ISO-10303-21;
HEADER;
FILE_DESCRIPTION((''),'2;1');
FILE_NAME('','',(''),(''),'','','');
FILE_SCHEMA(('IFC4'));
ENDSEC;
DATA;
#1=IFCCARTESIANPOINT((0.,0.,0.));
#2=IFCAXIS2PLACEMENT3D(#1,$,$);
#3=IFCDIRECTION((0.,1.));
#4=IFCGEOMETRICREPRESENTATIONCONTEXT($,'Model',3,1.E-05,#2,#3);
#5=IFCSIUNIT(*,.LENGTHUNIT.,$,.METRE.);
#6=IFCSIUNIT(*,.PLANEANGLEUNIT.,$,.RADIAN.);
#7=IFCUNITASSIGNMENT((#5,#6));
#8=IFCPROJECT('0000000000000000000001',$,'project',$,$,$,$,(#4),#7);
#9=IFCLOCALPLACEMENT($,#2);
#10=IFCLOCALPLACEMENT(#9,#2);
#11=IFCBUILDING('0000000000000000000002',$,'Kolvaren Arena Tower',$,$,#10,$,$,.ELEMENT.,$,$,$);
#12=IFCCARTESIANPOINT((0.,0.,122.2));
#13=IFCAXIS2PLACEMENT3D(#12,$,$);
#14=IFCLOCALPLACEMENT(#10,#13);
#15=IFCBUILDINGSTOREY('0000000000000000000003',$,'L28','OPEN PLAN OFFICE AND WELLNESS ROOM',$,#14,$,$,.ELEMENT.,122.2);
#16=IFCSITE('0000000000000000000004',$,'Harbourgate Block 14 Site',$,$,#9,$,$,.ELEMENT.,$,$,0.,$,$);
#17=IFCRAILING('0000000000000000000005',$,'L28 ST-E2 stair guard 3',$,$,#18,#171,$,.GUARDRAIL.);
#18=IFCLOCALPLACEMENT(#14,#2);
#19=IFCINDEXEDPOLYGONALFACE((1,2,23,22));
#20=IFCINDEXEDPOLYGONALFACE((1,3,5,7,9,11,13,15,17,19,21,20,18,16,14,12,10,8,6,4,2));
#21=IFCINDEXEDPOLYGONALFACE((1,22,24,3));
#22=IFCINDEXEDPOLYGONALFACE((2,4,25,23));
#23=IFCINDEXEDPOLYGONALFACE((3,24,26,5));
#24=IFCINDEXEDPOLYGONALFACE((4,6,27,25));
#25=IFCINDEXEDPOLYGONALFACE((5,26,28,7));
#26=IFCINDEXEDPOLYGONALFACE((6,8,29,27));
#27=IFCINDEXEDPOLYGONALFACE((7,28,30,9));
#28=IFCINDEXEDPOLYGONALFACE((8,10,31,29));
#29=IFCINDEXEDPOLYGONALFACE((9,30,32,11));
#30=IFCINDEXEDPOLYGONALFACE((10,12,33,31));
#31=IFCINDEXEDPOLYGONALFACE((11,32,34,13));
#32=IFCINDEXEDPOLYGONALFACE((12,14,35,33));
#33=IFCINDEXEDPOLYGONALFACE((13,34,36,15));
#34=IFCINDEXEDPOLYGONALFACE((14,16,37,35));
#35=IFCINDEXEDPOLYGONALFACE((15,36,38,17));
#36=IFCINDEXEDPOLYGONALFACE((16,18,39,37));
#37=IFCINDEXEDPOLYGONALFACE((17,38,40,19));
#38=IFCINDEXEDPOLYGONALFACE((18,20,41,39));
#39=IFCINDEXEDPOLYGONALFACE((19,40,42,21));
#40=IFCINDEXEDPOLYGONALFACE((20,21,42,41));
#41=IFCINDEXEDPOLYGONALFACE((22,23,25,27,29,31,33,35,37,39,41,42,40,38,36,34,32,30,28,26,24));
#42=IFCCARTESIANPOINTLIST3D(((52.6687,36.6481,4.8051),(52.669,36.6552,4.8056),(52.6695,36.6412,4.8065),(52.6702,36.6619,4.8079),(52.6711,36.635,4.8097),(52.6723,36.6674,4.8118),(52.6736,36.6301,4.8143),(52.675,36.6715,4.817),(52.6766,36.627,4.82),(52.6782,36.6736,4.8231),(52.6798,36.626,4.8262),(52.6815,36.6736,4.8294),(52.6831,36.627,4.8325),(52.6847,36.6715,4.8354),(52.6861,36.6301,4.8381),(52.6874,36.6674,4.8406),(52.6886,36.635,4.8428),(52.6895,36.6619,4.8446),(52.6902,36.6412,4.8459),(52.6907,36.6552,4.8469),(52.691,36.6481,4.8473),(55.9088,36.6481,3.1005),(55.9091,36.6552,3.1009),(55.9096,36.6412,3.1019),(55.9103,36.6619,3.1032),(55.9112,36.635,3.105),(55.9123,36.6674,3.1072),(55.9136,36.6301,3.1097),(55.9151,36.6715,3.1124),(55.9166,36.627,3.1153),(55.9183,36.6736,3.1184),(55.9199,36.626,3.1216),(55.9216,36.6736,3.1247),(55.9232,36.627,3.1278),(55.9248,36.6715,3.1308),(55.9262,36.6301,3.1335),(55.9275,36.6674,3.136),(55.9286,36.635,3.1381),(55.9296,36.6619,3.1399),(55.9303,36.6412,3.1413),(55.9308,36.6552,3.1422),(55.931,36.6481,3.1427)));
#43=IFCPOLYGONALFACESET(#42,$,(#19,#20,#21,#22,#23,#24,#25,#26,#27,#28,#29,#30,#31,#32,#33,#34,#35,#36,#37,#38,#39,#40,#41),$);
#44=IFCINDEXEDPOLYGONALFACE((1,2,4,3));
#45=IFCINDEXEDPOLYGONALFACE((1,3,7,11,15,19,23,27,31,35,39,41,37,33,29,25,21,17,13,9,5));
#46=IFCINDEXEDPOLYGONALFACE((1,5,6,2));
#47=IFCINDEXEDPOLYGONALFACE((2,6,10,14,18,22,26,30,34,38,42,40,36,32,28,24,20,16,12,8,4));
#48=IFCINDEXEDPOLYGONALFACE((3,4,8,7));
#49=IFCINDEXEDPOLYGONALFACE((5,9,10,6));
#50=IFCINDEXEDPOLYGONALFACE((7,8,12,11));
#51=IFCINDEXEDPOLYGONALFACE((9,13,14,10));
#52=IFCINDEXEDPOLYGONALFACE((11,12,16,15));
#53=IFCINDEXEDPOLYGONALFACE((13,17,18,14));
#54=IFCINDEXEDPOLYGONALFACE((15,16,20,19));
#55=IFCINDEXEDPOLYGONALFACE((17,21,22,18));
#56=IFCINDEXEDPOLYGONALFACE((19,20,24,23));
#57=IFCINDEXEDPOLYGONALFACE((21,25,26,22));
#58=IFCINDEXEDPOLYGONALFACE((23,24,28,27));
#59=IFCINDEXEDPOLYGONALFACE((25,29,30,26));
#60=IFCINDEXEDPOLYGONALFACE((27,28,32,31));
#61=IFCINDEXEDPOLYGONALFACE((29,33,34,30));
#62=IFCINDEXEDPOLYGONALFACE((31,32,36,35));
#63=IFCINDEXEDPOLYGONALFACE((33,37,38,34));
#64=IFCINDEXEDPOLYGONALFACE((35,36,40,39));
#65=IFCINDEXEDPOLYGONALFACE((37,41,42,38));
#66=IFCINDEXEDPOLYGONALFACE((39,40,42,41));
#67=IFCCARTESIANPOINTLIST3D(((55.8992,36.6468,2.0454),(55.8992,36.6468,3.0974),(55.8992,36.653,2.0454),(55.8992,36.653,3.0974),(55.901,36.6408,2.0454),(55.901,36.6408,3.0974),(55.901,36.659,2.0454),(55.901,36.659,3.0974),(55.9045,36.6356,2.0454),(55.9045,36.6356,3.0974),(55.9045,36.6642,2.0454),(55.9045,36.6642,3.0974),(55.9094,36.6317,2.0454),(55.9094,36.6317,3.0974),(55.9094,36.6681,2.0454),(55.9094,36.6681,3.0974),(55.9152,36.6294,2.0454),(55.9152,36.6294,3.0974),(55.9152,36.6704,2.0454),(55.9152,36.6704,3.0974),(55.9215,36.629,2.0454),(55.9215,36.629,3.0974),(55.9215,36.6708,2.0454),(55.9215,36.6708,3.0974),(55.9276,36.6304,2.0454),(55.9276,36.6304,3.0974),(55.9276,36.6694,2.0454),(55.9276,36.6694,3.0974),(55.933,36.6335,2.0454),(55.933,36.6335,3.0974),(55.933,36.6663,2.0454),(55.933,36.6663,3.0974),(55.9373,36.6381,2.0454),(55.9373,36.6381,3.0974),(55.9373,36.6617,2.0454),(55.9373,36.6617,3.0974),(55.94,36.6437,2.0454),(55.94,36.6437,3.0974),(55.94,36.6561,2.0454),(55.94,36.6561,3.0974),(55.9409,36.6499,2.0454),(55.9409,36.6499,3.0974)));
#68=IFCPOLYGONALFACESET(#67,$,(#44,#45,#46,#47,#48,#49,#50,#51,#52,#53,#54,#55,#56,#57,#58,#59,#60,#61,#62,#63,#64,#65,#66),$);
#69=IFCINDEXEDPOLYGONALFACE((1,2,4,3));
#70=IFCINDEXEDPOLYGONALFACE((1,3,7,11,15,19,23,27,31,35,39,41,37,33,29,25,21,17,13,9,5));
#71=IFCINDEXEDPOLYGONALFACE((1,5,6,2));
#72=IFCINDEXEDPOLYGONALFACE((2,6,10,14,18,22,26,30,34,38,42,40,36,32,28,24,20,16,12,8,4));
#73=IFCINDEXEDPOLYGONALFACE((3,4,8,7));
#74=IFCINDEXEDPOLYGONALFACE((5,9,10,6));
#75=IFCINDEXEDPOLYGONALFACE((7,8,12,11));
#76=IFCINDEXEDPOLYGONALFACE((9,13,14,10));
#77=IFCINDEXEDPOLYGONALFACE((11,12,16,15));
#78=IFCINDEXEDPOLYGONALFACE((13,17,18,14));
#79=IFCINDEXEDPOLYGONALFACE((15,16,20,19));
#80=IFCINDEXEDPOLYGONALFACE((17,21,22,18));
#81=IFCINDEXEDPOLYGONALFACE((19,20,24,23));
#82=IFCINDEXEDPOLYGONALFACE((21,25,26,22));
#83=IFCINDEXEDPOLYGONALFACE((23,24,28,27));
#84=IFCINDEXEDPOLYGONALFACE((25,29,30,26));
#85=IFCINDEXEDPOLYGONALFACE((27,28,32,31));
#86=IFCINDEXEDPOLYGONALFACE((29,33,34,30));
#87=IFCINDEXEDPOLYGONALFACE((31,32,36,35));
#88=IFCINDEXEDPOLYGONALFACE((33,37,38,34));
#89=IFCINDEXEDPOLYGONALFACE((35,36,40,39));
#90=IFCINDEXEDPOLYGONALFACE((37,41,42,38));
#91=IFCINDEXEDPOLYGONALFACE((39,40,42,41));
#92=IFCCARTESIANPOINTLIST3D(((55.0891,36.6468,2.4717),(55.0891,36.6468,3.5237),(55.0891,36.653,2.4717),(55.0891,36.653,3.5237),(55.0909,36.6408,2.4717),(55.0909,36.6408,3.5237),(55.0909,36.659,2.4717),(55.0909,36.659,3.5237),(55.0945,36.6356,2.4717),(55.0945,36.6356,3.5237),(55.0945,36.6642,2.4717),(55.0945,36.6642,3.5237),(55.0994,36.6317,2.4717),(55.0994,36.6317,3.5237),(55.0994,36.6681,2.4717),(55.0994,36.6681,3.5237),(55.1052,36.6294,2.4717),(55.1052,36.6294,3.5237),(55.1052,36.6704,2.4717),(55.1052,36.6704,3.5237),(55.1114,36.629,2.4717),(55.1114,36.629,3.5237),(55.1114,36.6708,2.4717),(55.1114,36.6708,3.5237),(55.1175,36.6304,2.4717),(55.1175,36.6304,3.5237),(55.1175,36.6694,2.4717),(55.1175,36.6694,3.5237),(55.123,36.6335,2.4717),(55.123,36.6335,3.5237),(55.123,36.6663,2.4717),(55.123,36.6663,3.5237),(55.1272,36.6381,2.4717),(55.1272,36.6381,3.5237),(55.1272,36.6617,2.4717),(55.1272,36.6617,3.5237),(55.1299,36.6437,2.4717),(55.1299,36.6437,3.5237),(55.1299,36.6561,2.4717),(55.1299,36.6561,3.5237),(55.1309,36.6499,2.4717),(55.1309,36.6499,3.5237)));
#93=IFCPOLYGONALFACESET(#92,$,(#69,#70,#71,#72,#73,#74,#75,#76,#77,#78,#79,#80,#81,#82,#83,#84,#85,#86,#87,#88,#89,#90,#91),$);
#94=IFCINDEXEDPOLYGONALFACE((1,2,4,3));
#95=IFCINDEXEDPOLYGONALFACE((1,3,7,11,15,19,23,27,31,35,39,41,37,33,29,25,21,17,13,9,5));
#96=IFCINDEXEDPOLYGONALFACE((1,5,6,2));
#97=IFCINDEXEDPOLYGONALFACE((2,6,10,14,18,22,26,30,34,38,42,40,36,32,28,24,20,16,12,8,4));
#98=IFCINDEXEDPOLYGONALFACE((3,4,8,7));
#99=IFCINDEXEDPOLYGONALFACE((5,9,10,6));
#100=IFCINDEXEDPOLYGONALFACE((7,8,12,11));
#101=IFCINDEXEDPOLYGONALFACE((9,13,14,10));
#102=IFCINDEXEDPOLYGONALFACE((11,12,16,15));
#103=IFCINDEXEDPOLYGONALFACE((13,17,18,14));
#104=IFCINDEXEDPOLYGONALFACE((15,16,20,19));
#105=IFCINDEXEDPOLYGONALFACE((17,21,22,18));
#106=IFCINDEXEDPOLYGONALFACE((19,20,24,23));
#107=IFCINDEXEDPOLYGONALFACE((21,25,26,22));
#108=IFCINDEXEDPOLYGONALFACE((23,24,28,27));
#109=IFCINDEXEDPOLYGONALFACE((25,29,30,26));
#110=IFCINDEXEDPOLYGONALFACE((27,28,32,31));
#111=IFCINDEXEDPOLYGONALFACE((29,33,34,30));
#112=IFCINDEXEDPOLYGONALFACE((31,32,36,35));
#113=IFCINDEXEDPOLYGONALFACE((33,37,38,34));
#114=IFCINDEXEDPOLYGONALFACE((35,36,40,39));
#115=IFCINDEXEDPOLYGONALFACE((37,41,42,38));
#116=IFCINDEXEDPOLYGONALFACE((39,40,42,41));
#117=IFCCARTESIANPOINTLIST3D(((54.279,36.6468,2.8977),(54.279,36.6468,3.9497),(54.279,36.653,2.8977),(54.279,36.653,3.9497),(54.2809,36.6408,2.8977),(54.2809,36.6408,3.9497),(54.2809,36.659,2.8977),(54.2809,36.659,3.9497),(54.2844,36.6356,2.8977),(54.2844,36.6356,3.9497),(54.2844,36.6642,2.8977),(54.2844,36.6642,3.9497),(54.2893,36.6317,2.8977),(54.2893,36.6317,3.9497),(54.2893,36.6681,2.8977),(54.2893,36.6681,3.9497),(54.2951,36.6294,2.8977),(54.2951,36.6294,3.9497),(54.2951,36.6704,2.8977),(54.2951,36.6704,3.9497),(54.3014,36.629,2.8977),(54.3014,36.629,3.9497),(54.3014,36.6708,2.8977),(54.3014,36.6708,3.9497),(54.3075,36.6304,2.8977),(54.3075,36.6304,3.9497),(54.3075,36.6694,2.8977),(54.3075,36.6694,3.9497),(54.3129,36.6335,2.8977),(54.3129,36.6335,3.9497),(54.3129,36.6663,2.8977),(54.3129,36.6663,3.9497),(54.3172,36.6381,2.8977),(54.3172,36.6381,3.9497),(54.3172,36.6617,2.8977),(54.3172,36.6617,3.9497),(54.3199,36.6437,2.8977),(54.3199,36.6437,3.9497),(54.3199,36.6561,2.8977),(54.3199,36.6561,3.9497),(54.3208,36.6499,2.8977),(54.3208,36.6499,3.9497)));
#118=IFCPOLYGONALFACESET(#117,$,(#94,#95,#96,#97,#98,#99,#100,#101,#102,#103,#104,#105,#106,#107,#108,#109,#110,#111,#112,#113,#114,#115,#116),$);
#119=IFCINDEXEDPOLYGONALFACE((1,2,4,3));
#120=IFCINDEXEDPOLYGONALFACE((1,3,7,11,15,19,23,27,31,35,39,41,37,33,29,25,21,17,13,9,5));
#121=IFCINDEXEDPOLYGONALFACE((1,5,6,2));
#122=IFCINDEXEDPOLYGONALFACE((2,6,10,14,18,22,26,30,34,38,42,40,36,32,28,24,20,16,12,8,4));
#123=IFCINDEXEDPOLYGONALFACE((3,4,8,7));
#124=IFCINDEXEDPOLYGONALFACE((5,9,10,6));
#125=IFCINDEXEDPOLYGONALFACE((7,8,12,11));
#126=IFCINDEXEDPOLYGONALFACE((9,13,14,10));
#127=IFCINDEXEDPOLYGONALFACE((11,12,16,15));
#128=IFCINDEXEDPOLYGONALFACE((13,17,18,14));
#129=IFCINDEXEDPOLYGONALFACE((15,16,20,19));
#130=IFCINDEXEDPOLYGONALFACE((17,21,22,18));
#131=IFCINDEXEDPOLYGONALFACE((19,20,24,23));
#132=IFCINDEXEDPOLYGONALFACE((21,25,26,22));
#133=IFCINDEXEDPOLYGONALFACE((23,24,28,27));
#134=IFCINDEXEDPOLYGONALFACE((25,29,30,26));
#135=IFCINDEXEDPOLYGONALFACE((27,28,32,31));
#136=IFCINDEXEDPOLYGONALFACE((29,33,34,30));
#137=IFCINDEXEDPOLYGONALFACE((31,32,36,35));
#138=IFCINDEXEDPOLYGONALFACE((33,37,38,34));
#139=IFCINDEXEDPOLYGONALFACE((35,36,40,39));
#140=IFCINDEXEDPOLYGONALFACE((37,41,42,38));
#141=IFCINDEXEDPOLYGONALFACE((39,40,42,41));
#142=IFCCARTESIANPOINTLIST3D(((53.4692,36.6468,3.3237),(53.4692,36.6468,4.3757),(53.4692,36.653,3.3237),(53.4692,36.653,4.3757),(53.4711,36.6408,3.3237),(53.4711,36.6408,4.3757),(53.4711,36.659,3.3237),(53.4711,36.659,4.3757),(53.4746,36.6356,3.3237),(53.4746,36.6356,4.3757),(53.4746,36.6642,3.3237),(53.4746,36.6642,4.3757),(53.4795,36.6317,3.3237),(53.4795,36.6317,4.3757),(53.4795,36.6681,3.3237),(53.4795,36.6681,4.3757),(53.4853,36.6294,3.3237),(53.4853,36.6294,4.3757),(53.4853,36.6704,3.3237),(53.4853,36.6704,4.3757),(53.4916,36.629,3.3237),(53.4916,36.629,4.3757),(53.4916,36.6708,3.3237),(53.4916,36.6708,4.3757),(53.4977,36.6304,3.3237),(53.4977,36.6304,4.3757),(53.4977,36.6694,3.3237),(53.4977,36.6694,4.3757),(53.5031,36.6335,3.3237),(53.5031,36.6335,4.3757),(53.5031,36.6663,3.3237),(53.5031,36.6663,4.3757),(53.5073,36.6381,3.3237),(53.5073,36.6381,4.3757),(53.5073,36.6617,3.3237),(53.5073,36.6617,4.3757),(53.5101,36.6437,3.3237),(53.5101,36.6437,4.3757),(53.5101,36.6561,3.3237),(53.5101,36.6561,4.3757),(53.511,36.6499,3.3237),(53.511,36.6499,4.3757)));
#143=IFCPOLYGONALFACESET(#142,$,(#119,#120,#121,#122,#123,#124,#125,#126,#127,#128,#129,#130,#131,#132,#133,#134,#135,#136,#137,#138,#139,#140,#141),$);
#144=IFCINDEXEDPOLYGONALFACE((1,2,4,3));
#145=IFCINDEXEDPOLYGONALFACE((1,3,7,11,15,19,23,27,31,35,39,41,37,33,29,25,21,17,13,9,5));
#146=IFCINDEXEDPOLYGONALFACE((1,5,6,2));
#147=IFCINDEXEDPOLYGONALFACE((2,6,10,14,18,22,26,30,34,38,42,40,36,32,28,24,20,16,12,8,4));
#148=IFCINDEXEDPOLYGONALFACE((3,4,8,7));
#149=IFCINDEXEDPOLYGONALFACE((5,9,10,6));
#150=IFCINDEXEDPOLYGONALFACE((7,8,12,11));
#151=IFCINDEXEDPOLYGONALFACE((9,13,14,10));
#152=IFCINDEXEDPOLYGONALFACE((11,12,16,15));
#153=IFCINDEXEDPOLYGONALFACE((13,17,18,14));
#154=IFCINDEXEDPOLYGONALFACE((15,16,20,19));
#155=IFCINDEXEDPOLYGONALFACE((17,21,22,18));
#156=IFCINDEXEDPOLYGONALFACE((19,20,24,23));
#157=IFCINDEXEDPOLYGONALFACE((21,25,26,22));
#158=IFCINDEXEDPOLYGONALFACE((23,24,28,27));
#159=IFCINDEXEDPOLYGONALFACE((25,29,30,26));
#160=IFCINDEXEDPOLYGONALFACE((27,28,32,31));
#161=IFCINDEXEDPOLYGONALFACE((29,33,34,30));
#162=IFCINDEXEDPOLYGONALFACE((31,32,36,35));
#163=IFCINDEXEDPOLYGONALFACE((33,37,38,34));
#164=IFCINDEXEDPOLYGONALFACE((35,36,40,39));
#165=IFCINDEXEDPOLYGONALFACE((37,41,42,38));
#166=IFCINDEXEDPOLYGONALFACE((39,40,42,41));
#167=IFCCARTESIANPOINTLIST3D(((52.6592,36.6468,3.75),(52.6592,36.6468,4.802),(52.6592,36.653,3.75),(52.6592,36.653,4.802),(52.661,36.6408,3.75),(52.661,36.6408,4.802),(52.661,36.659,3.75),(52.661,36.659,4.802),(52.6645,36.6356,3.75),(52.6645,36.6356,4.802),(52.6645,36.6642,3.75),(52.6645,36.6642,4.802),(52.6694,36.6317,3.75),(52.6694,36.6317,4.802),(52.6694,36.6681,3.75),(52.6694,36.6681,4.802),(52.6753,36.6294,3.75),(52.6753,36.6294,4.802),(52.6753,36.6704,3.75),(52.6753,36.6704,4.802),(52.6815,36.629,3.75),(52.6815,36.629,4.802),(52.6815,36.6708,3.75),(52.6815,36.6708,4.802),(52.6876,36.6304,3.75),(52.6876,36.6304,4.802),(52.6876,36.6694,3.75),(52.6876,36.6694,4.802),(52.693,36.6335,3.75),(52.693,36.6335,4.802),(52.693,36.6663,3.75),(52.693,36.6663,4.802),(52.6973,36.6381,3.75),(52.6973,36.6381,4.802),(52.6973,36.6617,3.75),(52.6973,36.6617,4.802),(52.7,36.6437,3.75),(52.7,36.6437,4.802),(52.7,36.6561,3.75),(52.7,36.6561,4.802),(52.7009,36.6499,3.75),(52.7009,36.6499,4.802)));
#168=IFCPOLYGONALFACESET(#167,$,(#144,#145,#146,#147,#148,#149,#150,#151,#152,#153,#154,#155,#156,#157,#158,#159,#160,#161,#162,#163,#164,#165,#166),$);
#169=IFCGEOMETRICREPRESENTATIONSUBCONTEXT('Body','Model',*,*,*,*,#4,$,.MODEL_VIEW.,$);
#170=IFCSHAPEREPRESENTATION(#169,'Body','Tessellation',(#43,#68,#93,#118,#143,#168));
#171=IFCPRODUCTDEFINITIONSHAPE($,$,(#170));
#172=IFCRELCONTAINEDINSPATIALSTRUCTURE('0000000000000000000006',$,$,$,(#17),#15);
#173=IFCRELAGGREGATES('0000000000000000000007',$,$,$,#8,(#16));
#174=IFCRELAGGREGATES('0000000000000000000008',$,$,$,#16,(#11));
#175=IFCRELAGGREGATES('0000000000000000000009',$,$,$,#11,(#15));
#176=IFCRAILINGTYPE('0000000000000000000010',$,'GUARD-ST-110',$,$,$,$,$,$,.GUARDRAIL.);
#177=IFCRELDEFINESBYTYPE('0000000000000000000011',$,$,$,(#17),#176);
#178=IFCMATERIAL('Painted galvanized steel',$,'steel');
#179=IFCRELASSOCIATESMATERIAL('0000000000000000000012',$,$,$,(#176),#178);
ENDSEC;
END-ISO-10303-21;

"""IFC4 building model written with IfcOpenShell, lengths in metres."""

from ifc_helpers import new_model, si_unit, direction, frame, origin, origin_2d, place, context, subcontext, project, spatial, circle, extrude, material, type_object, element, save


model = new_model("IFC4")

# Units and contexts
model_context = context("Model", 3, precision=1e-05, world=origin(), true_north=direction((0.0, 1.0)))
body_context = subcontext(model_context, "Body", "Model", "MODEL_VIEW")
ifc_project = project(units=[si_unit("LENGTHUNIT", "METRE"), si_unit("PLANEANGLEUNIT", "RADIAN")], contexts=[model_context])

# Site, building, storey
site_placement = place(None, origin())
site = spatial("IfcSite", under=ifc_project, at=site_placement, Name="Harbourgate Block 14 Site", CompositionType="ELEMENT", RefElevation=0.0)
building_placement = place(site_placement, origin())
building = spatial("IfcBuilding", under=site, at=building_placement, Name="Kolvaren Arena Tower", CompositionType="ELEMENT")
storey_placement = place(building_placement, frame((0.0, 0.0, 122.2)))
storey = spatial("IfcBuildingStorey", under=building, at=storey_placement, Name="L28", Description="OPEN PLAN OFFICE AND WELLNESS ROOM", CompositionType="ELEMENT", Elevation=122.2)

# Railing
ifc_material_1 = material(Name="Painted galvanized steel", Category="steel")
railing_type_1 = type_object("IfcRailingType", Name="GUARD-ST-110", PredefinedType="GUARDRAIL", material=ifc_material_1)
railing_1_placement = place(storey_placement, frame((55.9199, 36.6499, 2.0454)))
element("IfcRailing", 1, at=railing_1_placement, inside=storey, type_object=railing_type_1, Name="L28 ST-E2 stair guard 3", PredefinedType="GUARDRAIL", context=body_context, shape_type="SweptSolid", body=[
    extrude(circle(Radius=0.0239, at=origin_2d()), frame((0.0, 0.0, 1.0762), z_axis=(-0.884993, 0.0, 0.465604), x_axis=(0.0, -1.0, 0.0)), (0.0, 0.0, 1.0), 3.6611),
    extrude(circle(Radius=0.021, at=origin_2d()), origin(), (0.0, 0.0, 1.0), 1.052),
    extrude(circle(Radius=0.021, at=origin_2d()), frame((-0.8101, 0.0, 0.4263)), (0.0, 0.0, 1.0), 1.052),
    extrude(circle(Radius=0.021, at=origin_2d()), frame((-1.6201, 0.0, 0.8523)), (0.0, 0.0, 1.0), 1.052),
    extrude(circle(Radius=0.021, at=origin_2d()), frame((-2.4299, 0.0, 1.2783)), (0.0, 0.0, 1.0), 1.052),
    extrude(circle(Radius=0.021, at=origin_2d()), frame((-3.24, 0.0, 1.7046)), (0.0, 0.0, 1.0), 1.052),
])

save(model, "model.ifc")
